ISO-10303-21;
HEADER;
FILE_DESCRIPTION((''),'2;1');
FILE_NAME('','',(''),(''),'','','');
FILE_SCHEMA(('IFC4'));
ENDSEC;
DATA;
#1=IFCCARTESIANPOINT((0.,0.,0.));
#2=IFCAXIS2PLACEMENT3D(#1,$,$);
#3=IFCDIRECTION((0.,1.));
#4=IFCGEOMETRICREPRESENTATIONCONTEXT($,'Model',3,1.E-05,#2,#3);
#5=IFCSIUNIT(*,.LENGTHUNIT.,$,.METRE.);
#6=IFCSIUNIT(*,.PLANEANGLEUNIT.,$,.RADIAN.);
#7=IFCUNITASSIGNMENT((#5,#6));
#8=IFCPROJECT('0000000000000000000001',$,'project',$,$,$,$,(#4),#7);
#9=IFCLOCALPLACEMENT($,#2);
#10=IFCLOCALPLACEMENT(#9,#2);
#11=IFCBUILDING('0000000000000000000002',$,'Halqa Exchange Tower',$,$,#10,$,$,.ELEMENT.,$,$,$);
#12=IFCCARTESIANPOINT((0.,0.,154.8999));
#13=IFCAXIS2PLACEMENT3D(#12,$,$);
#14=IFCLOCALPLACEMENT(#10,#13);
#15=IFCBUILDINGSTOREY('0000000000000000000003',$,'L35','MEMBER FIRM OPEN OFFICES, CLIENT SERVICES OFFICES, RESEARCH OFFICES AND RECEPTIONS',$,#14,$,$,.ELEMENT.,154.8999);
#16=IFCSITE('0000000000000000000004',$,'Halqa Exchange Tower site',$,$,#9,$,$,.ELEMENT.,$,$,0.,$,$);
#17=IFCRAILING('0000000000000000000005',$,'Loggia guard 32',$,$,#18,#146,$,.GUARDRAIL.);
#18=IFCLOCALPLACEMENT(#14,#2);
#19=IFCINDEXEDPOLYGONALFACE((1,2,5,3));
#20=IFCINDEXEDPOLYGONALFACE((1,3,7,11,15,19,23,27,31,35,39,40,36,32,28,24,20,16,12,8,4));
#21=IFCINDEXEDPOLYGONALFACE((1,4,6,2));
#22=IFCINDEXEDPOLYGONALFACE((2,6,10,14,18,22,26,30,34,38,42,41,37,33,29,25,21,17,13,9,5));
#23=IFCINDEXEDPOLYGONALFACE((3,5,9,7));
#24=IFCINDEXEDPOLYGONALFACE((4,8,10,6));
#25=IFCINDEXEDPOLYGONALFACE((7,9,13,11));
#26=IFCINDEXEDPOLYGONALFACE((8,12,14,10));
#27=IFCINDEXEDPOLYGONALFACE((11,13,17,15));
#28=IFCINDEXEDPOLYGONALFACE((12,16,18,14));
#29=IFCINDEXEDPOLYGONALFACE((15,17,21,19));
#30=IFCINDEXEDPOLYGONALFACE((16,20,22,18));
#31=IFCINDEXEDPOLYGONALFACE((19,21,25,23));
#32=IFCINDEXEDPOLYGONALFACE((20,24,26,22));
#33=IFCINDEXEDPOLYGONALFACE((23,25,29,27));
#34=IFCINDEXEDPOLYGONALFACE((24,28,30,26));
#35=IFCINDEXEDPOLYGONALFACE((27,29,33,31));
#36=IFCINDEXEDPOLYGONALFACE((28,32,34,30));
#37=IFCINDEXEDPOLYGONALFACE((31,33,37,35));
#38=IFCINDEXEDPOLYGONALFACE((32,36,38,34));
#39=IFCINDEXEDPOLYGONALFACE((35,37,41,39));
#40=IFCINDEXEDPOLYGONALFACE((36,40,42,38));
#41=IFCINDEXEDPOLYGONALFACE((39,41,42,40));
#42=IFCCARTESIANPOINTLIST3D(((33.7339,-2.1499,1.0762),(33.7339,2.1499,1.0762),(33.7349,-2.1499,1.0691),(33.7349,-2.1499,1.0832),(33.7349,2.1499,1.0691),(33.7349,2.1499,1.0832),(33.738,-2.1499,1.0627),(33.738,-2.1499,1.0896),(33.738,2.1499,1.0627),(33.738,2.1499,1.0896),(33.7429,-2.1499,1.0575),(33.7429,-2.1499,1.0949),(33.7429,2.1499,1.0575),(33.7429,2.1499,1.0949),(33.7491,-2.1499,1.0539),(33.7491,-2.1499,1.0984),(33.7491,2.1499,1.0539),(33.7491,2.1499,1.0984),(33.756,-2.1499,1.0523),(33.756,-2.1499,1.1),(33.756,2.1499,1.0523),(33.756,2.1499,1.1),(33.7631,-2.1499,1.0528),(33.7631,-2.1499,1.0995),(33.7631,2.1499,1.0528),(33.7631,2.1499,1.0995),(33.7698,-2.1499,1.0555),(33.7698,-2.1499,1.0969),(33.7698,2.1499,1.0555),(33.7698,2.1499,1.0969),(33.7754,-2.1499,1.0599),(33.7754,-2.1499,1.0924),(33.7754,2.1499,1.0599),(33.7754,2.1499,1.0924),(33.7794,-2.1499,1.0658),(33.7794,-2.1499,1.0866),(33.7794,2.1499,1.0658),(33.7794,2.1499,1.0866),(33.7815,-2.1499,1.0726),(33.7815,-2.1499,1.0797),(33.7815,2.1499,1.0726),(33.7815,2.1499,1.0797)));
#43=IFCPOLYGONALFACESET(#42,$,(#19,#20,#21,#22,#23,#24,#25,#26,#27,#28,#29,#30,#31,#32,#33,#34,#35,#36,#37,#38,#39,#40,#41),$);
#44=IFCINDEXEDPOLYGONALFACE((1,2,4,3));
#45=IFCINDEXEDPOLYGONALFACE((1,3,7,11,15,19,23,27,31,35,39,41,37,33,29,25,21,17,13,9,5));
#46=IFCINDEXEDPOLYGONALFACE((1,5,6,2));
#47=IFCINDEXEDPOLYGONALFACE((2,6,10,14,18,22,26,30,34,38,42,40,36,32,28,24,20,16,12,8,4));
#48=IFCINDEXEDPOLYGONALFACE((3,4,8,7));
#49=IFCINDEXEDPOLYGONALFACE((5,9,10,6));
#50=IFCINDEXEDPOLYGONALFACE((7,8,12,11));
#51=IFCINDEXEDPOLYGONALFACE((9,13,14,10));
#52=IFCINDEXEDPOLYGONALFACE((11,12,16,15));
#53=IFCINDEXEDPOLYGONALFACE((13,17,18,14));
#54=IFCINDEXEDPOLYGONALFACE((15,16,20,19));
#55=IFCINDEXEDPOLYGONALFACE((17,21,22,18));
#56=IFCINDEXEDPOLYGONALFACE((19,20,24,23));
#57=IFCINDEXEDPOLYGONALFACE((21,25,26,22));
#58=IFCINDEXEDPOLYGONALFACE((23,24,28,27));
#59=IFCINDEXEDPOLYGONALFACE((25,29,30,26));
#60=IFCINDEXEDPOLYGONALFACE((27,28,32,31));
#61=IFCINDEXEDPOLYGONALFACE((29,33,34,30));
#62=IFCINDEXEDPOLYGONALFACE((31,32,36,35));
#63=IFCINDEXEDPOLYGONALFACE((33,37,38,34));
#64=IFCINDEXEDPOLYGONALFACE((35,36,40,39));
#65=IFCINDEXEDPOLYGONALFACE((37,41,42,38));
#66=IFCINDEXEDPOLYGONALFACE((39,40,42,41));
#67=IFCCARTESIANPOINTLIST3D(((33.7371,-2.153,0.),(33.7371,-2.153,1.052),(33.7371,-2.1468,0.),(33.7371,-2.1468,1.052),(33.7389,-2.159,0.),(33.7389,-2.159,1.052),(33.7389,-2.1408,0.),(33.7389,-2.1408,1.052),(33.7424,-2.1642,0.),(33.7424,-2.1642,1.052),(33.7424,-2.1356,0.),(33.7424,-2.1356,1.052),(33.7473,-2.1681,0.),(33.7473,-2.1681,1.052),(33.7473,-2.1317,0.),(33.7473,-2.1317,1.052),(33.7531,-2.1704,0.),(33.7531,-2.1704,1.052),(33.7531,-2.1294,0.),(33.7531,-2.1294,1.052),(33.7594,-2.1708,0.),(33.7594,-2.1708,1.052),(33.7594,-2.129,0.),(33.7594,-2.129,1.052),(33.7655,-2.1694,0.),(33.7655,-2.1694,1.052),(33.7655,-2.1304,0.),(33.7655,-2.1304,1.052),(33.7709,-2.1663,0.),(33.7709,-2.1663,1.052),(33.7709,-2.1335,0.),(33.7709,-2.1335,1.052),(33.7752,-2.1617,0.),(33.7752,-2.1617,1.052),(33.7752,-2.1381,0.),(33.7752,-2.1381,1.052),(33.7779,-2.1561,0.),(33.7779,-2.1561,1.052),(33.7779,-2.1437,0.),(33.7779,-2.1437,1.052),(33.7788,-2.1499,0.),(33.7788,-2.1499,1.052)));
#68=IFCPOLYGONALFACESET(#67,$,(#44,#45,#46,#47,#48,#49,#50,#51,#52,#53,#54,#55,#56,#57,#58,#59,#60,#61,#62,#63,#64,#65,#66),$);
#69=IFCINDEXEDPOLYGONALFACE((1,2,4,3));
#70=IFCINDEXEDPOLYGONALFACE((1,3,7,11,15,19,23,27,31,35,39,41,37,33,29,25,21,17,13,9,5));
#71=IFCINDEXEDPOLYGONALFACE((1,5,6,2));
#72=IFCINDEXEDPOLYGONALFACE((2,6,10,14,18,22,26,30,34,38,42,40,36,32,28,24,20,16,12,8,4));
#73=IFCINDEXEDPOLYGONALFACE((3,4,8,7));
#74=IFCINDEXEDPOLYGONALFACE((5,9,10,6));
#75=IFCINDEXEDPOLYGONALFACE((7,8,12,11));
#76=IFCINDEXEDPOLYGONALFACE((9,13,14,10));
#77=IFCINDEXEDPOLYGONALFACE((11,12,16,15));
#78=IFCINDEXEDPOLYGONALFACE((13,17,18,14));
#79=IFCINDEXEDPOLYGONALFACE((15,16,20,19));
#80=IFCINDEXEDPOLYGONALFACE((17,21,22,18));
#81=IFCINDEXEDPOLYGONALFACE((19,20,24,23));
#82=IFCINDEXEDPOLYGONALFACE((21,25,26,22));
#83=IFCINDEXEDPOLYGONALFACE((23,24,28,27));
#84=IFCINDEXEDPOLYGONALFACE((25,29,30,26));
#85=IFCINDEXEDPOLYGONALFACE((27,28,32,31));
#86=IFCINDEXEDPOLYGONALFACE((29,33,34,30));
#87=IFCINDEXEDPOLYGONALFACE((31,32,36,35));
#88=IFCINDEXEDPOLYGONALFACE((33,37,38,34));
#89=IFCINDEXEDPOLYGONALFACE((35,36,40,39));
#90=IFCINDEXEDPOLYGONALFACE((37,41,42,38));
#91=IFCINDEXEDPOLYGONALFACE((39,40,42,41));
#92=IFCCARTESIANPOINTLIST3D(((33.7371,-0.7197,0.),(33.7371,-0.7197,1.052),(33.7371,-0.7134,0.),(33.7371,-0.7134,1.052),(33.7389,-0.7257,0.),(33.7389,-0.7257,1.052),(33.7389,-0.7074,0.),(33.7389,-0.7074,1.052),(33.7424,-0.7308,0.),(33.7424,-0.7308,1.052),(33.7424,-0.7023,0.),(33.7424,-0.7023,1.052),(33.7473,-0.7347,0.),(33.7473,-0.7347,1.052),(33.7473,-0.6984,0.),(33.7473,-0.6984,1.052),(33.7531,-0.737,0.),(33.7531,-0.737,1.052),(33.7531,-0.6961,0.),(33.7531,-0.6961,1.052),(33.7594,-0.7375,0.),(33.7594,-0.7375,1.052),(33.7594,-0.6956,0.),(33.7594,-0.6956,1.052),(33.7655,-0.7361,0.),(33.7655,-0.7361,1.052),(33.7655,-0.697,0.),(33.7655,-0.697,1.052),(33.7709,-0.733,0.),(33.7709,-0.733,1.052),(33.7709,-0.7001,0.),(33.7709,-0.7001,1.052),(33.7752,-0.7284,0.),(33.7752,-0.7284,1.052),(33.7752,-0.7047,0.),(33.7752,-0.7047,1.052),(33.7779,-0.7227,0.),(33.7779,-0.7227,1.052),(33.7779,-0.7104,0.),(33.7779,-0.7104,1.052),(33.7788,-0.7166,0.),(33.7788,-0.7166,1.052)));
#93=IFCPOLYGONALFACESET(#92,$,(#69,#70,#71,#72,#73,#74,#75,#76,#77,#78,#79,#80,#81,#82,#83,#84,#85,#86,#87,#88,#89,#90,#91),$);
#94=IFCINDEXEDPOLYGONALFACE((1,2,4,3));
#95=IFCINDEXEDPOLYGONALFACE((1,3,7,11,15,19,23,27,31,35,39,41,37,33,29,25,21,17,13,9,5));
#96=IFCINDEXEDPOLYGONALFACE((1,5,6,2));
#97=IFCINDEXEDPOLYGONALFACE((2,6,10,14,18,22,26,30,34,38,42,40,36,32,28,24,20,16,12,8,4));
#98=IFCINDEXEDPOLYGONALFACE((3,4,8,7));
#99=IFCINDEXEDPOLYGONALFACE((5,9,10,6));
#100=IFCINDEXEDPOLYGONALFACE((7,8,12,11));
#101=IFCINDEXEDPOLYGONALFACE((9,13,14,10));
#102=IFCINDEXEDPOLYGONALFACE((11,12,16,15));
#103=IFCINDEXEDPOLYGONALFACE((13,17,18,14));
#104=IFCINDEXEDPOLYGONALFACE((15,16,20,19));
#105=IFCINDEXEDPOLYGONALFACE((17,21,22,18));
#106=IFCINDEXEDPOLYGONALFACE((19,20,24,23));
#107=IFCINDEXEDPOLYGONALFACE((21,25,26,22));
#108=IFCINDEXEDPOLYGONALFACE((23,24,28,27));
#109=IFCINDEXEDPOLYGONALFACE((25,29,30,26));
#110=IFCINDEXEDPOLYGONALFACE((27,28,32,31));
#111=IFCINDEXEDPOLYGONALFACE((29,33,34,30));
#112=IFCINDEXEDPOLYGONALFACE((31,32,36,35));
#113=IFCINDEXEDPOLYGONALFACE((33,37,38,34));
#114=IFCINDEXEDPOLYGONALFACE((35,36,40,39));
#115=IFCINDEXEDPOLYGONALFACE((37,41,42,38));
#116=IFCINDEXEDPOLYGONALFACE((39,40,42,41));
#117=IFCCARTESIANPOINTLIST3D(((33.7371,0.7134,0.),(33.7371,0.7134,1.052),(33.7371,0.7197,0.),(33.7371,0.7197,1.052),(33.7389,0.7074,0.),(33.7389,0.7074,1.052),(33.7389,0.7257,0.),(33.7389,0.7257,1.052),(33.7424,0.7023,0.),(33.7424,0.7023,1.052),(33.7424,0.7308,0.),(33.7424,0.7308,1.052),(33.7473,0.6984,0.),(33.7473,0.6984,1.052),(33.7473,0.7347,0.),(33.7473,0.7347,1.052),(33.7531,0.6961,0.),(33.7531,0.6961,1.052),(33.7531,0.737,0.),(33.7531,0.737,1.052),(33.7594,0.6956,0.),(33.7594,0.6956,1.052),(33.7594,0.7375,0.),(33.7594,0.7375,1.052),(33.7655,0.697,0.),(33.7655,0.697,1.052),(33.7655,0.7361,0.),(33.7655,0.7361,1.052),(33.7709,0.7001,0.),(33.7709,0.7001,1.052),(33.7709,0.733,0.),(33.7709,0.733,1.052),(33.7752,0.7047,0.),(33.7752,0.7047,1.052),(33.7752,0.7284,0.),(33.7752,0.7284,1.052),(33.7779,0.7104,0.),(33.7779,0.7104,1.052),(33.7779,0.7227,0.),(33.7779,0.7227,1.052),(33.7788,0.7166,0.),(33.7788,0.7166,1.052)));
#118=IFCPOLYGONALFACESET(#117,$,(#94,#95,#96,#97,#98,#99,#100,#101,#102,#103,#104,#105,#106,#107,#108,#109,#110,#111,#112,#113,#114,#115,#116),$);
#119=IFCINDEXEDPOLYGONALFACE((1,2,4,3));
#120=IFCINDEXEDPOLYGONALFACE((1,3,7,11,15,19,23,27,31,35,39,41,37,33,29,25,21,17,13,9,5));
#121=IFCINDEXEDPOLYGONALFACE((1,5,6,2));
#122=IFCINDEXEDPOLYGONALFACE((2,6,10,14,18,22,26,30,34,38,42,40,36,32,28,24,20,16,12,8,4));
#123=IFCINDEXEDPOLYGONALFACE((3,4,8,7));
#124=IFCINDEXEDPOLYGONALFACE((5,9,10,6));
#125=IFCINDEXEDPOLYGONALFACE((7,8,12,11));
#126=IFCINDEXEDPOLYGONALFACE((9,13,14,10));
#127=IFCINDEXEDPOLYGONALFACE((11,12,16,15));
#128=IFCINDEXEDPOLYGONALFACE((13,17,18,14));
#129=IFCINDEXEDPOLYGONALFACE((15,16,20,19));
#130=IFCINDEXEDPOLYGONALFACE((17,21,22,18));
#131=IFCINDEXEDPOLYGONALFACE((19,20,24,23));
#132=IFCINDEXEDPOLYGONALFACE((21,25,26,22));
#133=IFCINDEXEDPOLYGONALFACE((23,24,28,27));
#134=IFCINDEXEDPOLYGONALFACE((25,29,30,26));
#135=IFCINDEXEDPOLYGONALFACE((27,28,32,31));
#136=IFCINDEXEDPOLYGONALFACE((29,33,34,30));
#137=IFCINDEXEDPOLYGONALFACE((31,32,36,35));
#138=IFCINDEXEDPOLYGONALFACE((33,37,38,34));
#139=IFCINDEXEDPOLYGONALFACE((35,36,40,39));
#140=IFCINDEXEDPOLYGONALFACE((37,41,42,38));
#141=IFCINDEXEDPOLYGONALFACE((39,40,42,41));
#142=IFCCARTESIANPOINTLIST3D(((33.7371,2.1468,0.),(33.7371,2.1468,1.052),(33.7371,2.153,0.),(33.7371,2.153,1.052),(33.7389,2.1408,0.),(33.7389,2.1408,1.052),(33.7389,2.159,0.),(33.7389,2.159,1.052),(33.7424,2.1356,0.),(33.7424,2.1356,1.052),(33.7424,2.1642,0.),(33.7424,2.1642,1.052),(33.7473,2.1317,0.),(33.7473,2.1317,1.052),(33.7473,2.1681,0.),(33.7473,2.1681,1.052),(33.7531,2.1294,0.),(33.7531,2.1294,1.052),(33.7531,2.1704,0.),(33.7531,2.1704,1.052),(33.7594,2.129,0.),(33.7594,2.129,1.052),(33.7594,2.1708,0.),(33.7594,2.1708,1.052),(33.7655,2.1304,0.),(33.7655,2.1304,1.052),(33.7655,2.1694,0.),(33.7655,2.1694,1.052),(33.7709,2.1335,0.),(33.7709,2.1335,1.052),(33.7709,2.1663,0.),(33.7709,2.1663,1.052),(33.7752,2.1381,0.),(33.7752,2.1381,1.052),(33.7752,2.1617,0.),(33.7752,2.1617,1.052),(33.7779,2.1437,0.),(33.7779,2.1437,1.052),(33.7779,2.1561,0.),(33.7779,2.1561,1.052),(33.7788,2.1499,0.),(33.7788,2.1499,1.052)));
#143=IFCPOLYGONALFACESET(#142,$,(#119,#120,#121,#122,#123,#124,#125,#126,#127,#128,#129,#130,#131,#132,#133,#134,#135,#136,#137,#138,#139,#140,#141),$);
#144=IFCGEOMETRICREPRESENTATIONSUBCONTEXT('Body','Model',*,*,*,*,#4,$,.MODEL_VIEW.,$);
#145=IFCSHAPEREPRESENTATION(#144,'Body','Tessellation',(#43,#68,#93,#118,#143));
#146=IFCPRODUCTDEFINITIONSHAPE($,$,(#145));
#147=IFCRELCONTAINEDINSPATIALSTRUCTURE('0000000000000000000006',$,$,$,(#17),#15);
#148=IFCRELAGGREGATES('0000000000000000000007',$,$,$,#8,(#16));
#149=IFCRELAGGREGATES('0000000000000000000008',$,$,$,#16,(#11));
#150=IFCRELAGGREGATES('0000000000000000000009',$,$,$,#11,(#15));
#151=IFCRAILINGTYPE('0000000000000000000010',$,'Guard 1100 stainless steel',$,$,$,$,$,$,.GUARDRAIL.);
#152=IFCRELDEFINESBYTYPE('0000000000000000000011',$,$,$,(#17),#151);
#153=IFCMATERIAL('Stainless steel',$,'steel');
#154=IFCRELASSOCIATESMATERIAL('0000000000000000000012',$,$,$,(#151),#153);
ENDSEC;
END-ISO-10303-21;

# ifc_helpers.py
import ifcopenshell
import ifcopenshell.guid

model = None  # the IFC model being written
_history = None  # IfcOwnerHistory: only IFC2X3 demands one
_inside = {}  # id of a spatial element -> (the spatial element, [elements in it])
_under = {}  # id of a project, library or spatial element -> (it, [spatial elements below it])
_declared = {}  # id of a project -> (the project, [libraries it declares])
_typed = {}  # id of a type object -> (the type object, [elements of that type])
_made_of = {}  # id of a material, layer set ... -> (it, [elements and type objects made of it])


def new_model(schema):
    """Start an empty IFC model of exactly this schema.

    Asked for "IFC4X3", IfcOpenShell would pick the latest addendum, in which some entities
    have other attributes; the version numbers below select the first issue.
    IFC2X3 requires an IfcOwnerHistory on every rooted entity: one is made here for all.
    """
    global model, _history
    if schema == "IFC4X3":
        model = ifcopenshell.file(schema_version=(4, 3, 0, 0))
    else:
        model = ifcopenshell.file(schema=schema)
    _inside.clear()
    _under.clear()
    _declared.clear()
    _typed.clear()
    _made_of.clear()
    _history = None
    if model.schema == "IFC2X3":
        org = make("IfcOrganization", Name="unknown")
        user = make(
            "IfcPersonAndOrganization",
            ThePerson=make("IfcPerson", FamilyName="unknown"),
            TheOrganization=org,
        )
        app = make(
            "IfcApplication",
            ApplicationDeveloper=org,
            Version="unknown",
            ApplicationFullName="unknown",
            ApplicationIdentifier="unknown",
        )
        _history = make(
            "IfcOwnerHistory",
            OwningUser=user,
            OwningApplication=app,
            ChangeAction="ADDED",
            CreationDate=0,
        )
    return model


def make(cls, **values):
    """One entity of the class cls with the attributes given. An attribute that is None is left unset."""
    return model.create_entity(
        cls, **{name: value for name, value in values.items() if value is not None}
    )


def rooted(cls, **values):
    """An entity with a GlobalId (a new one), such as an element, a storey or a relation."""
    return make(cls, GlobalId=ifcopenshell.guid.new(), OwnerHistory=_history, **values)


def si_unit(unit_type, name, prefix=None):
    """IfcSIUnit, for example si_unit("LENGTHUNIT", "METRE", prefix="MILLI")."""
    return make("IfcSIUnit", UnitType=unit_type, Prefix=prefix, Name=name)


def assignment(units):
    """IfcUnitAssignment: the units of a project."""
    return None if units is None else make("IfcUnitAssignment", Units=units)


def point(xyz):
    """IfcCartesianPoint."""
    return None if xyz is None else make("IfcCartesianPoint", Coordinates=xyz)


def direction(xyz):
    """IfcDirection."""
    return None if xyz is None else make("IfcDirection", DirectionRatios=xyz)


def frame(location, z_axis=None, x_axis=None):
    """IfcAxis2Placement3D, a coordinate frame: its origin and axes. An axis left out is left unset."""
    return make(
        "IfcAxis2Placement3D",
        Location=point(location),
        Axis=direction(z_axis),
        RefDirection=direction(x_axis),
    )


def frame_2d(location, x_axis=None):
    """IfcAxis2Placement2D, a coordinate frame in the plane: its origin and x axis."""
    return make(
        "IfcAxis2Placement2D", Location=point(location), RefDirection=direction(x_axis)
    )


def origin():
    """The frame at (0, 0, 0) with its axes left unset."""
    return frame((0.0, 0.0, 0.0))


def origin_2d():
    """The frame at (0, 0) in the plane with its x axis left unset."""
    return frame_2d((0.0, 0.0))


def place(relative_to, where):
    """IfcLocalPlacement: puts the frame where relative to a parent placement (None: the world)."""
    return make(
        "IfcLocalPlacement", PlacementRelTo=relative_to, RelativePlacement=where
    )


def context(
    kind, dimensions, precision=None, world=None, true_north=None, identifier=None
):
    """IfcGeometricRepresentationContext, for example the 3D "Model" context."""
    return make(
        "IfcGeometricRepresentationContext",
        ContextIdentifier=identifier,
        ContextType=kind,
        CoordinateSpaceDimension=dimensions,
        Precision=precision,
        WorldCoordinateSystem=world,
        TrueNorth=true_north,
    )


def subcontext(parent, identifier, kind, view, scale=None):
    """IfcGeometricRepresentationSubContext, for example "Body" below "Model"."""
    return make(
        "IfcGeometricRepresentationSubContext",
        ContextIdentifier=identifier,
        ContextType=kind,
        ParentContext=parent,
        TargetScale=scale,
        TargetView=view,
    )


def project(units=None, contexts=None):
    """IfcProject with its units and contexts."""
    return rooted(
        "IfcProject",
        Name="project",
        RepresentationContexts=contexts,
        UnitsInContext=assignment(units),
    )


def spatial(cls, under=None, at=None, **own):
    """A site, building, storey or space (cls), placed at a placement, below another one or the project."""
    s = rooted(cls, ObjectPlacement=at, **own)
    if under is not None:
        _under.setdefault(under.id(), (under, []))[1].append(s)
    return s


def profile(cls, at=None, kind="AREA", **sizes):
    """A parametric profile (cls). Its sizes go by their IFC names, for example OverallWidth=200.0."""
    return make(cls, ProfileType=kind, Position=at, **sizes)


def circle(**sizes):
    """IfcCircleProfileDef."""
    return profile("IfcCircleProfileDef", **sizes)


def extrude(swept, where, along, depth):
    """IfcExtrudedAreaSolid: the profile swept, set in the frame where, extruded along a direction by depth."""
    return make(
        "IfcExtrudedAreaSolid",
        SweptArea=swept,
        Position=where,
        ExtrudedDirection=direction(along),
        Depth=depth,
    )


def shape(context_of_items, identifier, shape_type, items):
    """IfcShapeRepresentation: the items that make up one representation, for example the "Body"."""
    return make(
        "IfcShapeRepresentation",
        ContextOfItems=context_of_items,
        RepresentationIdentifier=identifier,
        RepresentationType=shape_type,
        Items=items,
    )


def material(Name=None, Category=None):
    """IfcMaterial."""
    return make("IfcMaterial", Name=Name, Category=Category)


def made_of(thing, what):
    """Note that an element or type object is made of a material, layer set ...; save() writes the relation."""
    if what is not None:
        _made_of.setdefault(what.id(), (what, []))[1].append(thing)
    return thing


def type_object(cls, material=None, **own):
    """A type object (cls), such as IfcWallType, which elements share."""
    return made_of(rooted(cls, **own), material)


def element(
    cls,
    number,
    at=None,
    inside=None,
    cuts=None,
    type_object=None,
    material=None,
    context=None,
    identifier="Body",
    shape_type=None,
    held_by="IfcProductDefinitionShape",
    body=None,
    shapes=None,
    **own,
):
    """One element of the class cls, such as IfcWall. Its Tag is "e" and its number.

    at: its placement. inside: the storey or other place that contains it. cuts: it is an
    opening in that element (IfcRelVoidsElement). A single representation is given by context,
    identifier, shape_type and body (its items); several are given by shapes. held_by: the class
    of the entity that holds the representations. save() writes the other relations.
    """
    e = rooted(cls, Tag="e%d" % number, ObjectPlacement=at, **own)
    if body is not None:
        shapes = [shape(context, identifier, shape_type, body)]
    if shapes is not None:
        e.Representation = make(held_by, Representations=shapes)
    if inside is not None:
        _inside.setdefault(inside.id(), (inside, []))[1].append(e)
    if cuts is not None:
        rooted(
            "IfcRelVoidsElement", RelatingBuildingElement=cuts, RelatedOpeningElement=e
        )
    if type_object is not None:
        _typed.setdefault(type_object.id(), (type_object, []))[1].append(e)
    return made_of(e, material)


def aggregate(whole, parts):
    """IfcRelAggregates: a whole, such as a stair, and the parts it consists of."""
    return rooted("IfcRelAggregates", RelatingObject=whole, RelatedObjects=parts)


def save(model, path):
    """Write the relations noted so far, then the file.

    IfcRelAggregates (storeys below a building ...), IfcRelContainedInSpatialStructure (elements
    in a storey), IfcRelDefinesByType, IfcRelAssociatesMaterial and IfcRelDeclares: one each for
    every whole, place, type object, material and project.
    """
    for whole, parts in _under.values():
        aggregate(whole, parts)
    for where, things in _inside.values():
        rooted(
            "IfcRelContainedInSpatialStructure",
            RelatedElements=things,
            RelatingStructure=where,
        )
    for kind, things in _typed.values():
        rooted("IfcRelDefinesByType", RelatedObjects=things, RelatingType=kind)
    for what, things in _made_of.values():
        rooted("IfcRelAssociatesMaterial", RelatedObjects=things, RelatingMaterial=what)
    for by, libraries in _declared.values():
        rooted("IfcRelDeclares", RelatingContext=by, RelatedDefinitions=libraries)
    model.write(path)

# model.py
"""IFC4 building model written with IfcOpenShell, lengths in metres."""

from ifc_helpers import new_model, si_unit, direction, frame, origin, origin_2d, place, context, subcontext, project, spatial, circle, extrude, material, type_object, element, save


model = new_model("IFC4")

# Units and contexts
model_context = context("Model", 3, precision=1e-05, world=origin(), true_north=direction((0.0, 1.0)))
body_context = subcontext(model_context, "Body", "Model", "MODEL_VIEW")
ifc_project = project(units=[si_unit("LENGTHUNIT", "METRE"), si_unit("PLANEANGLEUNIT", "RADIAN")], contexts=[model_context])

# Site, building, storey
site_placement = place(None, origin())
site = spatial("IfcSite", under=ifc_project, at=site_placement, Name="Halqa Exchange Tower site", CompositionType="ELEMENT", RefElevation=0.0)
building_placement = place(site_placement, origin())
building = spatial("IfcBuilding", under=site, at=building_placement, Name="Halqa Exchange Tower", CompositionType="ELEMENT")
storey_placement = place(building_placement, frame((0.0, 0.0, 154.8999)))
storey = spatial("IfcBuildingStorey", under=building, at=storey_placement, Name="L35", Description="MEMBER FIRM OPEN OFFICES, CLIENT SERVICES OFFICES, RESEARCH OFFICES AND RECEPTIONS", CompositionType="ELEMENT", Elevation=154.8999)

# Railing
ifc_material_1 = material(Name="Stainless steel", Category="steel")
railing_type = type_object("IfcRailingType", Name="Guard 1100 stainless steel", PredefinedType="GUARDRAIL", material=ifc_material_1)
railing_1_placement = place(storey_placement, frame((33.7578, -2.1499, 0.0)))
element("IfcRailing", 1, at=railing_1_placement, inside=storey, type_object=railing_type, Name="Loggia guard 32", PredefinedType="GUARDRAIL", context=body_context, shape_type="SweptSolid", body=[
    extrude(circle(Radius=0.0239, at=origin_2d()), frame((0.0, 0.0, 1.0762), z_axis=(0.0, 1.0, 0.0), x_axis=(-1.0, 0.0, 0.0)), (0.0, 0.0, 1.0), 4.2998),
    extrude(circle(Radius=0.021, at=origin_2d()), origin(), (0.0, 0.0, 1.0), 1.052),
    extrude(circle(Radius=0.021, at=origin_2d()), frame((0.0, 1.4333, 0.0)), (0.0, 0.0, 1.0), 1.052),
    extrude(circle(Radius=0.021, at=origin_2d()), frame((0.0, 2.8665, 0.0)), (0.0, 0.0, 1.0), 1.052),
    extrude(circle(Radius=0.021, at=origin_2d()), frame((0.0, 4.2998, 0.0)), (0.0, 0.0, 1.0), 1.052),
])

save(model, "model.ifc")
